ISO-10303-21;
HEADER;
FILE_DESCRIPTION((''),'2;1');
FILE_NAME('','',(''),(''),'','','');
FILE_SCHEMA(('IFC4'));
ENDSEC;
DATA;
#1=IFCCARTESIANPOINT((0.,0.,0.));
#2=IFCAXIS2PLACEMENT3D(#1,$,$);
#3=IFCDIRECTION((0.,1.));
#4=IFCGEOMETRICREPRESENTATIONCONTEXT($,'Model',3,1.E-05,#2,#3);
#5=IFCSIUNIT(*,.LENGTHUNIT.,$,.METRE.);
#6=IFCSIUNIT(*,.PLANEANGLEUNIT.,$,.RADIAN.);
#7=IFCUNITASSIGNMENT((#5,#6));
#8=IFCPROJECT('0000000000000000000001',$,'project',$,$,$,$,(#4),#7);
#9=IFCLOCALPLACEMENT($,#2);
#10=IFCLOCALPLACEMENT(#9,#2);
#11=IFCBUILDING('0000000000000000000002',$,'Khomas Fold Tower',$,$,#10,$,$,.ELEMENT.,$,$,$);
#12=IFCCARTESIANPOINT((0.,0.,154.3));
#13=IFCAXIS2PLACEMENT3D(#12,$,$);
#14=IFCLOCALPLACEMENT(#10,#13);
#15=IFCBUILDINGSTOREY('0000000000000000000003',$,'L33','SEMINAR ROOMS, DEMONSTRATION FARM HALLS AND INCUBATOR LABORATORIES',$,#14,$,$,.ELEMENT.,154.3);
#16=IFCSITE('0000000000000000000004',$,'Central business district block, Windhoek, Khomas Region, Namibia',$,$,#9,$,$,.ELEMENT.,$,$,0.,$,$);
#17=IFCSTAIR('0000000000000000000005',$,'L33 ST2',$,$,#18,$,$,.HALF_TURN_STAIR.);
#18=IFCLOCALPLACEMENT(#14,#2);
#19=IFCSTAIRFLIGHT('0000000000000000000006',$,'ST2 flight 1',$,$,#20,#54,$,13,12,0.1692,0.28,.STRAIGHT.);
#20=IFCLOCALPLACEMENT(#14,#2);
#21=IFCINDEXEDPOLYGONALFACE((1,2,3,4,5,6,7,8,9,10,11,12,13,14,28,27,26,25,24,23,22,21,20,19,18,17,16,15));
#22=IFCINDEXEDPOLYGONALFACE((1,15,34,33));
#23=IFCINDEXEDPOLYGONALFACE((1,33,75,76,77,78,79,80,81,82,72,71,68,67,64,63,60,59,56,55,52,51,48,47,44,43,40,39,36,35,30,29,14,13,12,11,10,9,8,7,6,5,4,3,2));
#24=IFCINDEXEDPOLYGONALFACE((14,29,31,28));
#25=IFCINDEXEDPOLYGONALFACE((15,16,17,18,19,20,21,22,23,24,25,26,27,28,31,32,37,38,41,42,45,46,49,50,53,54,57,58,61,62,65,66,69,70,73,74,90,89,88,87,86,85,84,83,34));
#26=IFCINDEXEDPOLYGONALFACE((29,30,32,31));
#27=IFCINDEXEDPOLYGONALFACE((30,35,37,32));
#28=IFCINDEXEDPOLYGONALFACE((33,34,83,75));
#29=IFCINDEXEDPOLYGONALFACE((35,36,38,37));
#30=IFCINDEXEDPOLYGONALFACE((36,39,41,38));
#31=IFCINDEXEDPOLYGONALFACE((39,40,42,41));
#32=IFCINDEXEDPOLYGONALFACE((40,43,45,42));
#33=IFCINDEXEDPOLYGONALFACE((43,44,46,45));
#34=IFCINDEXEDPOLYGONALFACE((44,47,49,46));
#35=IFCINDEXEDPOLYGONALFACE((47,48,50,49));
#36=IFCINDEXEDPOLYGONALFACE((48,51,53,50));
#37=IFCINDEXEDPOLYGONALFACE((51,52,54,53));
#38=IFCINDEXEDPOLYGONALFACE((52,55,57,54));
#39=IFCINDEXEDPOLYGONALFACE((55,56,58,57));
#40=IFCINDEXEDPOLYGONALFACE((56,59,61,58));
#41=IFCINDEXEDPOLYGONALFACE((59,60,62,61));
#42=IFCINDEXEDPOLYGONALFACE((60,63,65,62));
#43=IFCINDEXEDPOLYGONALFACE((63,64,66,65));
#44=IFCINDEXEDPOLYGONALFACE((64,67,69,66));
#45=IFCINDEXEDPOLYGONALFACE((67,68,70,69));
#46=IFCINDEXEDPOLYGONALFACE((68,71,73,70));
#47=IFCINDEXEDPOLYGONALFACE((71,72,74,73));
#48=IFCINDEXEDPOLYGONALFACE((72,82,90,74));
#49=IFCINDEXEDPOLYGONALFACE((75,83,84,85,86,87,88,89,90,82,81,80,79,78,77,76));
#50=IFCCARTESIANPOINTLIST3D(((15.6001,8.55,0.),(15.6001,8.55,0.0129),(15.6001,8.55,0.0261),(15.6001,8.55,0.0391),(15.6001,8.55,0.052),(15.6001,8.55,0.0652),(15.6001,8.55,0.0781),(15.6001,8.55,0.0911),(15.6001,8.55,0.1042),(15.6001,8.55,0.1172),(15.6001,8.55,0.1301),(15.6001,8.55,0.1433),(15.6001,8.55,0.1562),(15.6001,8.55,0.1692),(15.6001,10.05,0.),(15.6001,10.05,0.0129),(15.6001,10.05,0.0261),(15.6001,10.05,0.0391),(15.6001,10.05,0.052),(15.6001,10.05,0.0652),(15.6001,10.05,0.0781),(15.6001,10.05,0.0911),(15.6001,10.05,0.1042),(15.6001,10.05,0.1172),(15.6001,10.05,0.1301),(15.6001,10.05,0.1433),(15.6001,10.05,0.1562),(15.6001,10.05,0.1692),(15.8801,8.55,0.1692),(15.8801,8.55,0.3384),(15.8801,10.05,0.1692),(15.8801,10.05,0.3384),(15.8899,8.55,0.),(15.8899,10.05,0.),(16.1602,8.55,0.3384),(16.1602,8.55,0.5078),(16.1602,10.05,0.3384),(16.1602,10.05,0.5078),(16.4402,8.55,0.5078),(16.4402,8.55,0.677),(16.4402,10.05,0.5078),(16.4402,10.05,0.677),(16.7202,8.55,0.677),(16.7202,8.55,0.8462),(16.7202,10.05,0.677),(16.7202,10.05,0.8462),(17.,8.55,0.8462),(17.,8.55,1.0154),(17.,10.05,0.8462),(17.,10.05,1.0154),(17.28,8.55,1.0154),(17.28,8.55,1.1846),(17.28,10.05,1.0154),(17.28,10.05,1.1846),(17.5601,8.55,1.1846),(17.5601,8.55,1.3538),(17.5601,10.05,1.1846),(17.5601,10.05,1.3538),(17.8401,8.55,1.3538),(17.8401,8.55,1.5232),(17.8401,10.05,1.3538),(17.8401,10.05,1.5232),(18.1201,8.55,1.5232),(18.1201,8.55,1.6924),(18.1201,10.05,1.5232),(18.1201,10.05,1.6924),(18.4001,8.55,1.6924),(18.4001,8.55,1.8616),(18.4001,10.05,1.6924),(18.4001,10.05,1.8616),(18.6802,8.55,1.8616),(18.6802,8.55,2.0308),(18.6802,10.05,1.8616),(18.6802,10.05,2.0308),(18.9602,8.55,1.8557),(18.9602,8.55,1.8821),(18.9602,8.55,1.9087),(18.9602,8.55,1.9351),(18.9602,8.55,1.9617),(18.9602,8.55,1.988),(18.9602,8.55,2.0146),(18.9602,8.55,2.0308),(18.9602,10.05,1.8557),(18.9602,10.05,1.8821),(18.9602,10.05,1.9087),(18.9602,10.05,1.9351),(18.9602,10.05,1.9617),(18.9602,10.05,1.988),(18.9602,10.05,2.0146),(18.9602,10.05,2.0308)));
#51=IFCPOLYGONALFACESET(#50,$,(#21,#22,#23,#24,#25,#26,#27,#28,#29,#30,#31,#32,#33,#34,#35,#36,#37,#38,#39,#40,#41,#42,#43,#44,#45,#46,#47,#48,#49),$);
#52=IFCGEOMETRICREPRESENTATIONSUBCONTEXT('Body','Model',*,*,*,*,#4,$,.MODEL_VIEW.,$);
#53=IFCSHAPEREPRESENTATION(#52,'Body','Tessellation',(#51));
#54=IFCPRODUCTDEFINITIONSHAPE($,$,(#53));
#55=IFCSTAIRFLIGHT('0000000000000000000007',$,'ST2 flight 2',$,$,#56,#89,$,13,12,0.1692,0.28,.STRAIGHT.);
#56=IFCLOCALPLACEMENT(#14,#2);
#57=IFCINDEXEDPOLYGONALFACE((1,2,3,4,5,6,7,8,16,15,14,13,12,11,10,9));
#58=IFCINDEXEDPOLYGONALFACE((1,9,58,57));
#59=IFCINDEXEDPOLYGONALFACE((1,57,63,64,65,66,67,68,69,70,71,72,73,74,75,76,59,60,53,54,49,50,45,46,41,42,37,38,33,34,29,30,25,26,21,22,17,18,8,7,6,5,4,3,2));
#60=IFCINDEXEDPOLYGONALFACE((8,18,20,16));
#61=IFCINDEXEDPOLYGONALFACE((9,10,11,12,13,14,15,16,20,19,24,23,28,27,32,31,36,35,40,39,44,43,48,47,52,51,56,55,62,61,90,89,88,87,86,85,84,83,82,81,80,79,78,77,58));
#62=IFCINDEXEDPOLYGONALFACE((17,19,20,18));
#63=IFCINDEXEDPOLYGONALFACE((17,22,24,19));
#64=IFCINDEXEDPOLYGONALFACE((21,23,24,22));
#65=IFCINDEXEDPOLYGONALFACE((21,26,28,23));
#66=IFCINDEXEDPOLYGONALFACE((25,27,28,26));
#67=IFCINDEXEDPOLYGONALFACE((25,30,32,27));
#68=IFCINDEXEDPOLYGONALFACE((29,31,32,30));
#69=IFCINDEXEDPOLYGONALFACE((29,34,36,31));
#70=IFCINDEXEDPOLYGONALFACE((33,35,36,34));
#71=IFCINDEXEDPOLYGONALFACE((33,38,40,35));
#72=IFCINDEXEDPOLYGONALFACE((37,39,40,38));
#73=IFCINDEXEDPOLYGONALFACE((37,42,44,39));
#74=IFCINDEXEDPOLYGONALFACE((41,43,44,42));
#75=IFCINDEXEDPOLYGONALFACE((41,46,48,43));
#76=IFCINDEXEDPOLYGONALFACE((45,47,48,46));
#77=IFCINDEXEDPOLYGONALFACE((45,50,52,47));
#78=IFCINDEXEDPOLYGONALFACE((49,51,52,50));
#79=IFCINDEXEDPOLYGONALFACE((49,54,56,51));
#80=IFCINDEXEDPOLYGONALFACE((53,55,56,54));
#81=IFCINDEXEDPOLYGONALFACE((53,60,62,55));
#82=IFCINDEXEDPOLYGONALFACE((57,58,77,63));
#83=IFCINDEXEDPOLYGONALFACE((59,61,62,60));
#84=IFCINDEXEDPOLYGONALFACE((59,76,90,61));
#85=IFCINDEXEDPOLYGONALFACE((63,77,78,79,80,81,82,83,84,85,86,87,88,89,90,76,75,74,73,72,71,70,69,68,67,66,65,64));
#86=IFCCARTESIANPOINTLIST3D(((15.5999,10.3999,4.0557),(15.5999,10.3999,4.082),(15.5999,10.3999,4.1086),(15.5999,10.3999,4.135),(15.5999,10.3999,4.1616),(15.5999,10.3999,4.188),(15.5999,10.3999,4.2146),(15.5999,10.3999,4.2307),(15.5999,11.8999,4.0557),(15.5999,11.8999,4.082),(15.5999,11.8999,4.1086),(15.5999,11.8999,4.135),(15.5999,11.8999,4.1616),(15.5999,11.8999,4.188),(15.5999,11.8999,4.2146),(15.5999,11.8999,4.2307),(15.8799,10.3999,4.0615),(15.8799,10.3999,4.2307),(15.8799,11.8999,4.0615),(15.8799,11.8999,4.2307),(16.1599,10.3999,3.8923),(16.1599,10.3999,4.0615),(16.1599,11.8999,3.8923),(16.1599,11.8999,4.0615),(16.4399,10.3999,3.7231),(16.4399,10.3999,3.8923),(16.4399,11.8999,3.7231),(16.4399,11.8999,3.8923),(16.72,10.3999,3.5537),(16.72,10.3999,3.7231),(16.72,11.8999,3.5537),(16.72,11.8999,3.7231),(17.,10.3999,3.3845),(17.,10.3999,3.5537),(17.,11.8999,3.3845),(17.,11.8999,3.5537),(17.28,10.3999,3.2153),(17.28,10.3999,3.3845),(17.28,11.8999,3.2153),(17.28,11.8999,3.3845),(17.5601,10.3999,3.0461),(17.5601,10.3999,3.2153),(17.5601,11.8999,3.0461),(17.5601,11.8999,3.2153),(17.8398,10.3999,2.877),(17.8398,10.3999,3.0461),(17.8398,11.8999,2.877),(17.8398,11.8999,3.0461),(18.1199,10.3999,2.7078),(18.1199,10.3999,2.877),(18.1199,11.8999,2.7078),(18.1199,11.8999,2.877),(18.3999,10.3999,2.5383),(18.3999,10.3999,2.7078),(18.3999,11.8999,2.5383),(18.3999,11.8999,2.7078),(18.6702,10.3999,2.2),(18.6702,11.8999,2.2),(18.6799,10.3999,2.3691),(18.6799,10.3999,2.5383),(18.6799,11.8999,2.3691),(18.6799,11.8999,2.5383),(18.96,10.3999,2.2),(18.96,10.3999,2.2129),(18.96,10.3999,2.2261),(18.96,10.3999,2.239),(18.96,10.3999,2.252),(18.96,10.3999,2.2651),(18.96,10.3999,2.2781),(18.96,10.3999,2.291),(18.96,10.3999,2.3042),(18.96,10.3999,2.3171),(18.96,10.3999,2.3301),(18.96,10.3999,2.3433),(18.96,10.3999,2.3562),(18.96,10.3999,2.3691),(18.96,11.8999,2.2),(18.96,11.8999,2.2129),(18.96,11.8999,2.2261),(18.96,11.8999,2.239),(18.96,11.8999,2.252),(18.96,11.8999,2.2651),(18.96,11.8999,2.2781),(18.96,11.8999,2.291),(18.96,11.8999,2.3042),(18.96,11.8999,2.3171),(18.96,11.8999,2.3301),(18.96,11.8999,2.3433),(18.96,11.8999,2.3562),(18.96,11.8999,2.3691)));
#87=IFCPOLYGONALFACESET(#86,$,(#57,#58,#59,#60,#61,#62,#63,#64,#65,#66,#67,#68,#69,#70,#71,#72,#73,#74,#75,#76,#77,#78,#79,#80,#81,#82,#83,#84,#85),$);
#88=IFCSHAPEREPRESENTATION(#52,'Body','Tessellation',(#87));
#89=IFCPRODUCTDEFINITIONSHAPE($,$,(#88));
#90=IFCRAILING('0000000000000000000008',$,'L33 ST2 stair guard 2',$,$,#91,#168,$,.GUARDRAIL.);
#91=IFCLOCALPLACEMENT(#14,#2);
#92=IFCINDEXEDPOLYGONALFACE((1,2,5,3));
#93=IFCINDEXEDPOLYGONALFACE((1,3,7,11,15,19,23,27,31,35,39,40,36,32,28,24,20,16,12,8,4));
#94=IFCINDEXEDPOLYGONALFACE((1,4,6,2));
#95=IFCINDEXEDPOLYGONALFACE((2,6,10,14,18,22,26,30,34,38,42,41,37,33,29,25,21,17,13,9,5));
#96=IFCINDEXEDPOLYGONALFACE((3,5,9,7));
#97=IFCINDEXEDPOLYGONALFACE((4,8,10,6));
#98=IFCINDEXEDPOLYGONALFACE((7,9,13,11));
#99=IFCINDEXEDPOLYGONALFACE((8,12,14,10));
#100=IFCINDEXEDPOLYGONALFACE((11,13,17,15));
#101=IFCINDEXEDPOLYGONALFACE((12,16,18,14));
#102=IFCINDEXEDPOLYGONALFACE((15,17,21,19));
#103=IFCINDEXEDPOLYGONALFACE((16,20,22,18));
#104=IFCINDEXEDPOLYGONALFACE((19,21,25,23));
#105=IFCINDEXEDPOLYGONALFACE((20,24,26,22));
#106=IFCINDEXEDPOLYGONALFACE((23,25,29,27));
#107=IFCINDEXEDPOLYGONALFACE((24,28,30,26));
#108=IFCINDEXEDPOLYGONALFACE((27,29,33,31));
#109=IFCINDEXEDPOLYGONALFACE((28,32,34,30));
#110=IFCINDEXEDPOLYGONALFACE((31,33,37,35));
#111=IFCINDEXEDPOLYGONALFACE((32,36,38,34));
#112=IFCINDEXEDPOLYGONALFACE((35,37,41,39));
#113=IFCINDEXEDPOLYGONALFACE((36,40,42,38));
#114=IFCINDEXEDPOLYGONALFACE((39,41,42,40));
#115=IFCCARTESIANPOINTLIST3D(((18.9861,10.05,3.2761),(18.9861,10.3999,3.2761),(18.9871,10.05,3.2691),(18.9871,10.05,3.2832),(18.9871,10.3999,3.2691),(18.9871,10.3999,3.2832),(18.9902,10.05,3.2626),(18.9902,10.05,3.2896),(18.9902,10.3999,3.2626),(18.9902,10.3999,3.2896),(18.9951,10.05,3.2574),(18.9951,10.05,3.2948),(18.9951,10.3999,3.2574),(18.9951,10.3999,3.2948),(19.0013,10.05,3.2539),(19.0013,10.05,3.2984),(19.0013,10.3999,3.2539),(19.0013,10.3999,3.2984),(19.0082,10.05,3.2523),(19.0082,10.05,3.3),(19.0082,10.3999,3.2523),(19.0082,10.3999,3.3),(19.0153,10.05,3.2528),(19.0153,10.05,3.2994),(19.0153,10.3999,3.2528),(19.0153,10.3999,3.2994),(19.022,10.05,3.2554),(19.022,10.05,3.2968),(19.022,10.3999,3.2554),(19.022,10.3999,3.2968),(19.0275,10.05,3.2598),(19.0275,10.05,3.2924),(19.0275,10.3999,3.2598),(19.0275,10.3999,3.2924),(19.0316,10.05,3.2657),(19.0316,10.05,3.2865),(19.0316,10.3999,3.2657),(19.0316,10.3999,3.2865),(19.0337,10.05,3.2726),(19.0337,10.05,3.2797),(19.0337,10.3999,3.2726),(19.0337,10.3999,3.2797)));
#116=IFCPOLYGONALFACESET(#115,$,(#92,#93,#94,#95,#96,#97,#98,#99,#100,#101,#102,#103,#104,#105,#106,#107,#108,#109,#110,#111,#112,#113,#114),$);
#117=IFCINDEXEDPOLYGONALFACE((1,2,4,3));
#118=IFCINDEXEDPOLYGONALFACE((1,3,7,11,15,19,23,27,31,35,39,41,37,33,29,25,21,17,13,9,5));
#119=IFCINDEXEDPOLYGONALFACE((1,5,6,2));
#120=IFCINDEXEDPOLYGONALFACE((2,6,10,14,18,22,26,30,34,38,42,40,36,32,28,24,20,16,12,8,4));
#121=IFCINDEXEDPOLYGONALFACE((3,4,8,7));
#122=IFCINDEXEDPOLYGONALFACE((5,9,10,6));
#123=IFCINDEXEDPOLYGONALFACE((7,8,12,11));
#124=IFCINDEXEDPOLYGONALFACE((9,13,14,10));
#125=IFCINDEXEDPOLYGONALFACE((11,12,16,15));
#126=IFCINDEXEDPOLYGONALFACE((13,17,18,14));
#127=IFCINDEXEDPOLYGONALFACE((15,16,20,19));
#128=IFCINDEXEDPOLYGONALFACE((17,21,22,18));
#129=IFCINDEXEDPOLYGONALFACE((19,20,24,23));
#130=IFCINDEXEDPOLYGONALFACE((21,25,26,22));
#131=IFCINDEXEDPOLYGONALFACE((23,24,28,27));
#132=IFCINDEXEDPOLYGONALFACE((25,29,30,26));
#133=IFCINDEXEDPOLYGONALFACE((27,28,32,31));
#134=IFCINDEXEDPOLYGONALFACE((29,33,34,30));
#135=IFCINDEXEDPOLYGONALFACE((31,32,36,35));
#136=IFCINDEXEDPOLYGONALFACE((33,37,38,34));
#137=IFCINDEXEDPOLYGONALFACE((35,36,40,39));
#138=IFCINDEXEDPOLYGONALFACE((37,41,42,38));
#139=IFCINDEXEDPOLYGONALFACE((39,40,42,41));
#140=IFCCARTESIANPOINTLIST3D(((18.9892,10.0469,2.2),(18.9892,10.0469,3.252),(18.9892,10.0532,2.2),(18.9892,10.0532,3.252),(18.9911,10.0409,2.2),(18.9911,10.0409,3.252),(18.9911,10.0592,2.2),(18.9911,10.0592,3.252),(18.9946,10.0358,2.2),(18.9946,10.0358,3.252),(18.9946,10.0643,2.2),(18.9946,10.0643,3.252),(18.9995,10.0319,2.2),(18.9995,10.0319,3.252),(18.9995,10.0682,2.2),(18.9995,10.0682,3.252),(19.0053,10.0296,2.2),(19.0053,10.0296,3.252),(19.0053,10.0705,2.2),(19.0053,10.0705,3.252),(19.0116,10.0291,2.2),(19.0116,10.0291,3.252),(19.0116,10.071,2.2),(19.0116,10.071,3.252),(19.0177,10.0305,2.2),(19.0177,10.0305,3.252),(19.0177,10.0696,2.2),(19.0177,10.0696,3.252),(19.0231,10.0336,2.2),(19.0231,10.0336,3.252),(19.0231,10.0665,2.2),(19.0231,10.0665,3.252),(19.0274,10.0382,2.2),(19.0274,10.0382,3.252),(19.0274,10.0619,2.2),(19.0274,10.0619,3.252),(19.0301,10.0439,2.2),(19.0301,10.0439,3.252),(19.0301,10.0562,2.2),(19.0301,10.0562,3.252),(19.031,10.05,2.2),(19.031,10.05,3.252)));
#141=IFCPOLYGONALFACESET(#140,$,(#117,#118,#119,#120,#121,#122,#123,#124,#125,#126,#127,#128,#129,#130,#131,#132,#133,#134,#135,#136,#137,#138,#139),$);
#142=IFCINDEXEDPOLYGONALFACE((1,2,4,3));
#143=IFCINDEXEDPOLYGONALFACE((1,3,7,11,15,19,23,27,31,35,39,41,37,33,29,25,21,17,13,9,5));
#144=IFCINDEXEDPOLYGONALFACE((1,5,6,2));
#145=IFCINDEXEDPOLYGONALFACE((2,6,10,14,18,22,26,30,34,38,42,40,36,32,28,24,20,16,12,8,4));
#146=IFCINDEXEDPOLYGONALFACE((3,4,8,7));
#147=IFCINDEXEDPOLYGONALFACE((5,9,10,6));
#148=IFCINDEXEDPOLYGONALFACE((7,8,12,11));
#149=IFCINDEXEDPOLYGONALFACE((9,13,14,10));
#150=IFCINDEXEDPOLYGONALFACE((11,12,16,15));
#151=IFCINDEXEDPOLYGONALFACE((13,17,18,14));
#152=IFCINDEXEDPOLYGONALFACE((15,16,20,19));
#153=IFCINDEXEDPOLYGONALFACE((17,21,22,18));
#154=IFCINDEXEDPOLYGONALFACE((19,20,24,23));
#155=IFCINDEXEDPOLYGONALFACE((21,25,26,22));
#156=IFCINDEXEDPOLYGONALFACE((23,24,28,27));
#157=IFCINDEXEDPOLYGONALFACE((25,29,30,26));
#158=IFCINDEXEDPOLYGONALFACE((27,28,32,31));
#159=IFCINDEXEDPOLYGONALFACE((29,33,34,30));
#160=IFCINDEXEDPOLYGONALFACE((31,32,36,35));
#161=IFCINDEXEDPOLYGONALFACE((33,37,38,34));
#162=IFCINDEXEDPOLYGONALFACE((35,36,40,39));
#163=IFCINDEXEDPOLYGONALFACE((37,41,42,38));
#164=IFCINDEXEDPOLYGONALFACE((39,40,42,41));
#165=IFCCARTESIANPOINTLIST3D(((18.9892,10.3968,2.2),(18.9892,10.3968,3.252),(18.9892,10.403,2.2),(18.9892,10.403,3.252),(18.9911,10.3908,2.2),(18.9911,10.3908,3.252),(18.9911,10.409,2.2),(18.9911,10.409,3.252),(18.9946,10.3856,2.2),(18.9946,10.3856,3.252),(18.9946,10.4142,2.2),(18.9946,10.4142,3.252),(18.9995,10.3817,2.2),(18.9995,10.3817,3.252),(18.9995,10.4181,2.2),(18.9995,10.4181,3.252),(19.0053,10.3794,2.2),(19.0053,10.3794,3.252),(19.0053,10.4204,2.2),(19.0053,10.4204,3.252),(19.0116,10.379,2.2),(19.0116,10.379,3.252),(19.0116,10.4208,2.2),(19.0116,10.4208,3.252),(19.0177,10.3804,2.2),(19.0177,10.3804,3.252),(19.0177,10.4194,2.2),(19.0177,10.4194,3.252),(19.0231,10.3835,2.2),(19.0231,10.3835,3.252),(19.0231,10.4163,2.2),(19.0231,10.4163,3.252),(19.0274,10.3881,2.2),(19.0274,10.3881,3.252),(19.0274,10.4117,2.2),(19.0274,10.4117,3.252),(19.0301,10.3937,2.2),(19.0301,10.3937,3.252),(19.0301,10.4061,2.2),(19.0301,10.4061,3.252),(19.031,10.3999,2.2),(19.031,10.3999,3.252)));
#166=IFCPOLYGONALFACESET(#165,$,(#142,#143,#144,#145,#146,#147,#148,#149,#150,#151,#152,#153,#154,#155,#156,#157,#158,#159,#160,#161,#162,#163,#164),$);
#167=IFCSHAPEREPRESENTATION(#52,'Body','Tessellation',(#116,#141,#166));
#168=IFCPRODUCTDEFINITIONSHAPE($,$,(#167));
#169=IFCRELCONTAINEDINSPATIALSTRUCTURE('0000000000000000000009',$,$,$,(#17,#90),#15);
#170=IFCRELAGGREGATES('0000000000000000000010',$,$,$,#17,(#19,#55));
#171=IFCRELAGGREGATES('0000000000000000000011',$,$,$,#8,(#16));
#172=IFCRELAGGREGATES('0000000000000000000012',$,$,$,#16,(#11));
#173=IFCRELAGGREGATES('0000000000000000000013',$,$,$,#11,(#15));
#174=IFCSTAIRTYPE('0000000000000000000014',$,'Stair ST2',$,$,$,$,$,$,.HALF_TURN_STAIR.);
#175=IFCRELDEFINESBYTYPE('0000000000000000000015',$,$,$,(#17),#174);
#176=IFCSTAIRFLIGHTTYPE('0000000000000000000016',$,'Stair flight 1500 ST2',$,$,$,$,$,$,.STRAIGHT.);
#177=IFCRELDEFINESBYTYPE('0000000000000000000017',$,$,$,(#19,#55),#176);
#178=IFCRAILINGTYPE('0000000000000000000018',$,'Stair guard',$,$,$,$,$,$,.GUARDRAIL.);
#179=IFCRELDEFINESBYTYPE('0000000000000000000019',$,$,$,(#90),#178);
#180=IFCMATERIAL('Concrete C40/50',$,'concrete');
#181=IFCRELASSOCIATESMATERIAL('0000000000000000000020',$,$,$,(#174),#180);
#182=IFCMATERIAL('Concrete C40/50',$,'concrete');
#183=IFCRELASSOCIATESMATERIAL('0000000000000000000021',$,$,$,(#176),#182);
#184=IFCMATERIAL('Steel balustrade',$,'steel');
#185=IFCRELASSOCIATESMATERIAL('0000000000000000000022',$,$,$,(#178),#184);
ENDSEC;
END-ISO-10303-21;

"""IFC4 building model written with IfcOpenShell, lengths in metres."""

from ifc_helpers import new_model, si_unit, direction, frame, origin, origin_2d, place, context, subcontext, project, spatial, polyline, circle, outline, extrude, source, transform, mapped, material, type_object, element, aggregate, save


model = new_model("IFC4")

# Units and contexts
model_context = context("Model", 3, precision=1e-05, world=origin(), true_north=direction((0.0, 1.0)))
body_context = subcontext(model_context, "Body", "Model", "MODEL_VIEW")
ifc_project = project(units=[si_unit("LENGTHUNIT", "METRE"), si_unit("PLANEANGLEUNIT", "RADIAN")], contexts=[model_context])

# Site, building, storey
site_placement = place(None, origin())
site = spatial("IfcSite", under=ifc_project, at=site_placement, Name="Central business district block, Windhoek, Khomas Region, Namibia", CompositionType="ELEMENT", RefElevation=0.0)
building_placement = place(site_placement, origin())
building = spatial("IfcBuilding", under=site, at=building_placement, Name="Khomas Fold Tower", CompositionType="ELEMENT")
storey_placement = place(building_placement, frame((0.0, 0.0, 154.3)))
storey = spatial("IfcBuildingStorey", under=building, at=storey_placement, Name="L33", Description="SEMINAR ROOMS, DEMONSTRATION FARM HALLS AND INCUBATOR LABORATORIES", CompositionType="ELEMENT", Elevation=154.3)

# Stair, stair flights
ifc_material_1 = material(Name="Concrete C40/50", Category="concrete")
stair_type = type_object("IfcStairType", Name="Stair ST2", PredefinedType="HALF_TURN_STAIR", material=ifc_material_1)
stair_placement = place(storey_placement, origin())
stair = element("IfcStair", 1, at=stair_placement, inside=storey, type_object=stair_type, Name="L33 ST2", PredefinedType="HALF_TURN_STAIR")
ifc_material_2 = material(Name="Concrete C40/50", Category="concrete")
stair_flight_type = type_object("IfcStairFlightType", Name="Stair flight 1500 ST2", PredefinedType="STRAIGHT", material=ifc_material_2)
shared_shape_1 = source(origin(), body_context, "Body", "SweptSolid", [
    extrude(outline(polyline([(0.0, 0.0), (0.0, 0.0129), (0.0, 0.0261), (0.0, 0.0391), (0.0, 0.052), (0.0, 0.0652), (0.0, 0.0781), (0.0, 0.0911), (0.0, 0.1042), (0.0, 0.1172), (0.0, 0.1301), (0.0, 0.1433), (0.0, 0.1562), (0.0, 0.1692), (0.28, 0.1692), (0.28, 0.3384), (0.5601, 0.3384), (0.5601, 0.5078), (0.8401, 0.5078), (0.8401, 0.677), (1.1201, 0.677), (1.1201, 0.8462), (1.3999, 0.8462), (1.3999, 1.0154), (1.6799, 1.0154), (1.6799, 1.1846), (1.96, 1.1846), (1.96, 1.3538), (2.24, 1.3538), (2.24, 1.5232), (2.52, 1.5232), (2.52, 1.6924), (2.8, 1.6924), (2.8, 1.8616), (3.0801, 1.8616), (3.0801, 2.0308), (3.3601, 2.0308), (3.3601, 2.2), (3.3601, 2.1736), (3.3601, 2.147), (3.3601, 2.1206), (3.3601, 2.094), (3.3601, 2.0676), (3.3601, 2.041), (3.3601, 2.0146), (3.3601, 1.988), (3.3601, 1.9617), (3.3601, 1.9351), (3.3601, 1.9087), (3.3601, 1.8821), (3.3601, 1.8557), (0.2898, 0.0), (0.0, 0.0)])), frame((0.0, 0.75, 0.0), z_axis=(0.0, -1.0, 0.0), x_axis=(1.0, 0.0, 0.0)), (0.0, 0.0, 1.0), 1.5),
])
stair_flight_1_placement = place(storey_placement, frame((15.6001, 9.3, 0.0), z_axis=(0.0, 0.0, 1.0), x_axis=(1.0, 0.0, 0.0)))
stair_flight_1 = element("IfcStairFlight", 2, at=stair_flight_1_placement, type_object=stair_flight_type, Name="ST2 flight 1", NumberOfRisers=13, NumberOfTreads=12, PredefinedType="STRAIGHT", RiserHeight=0.1692, TreadLength=0.28, context=body_context, shape_type="MappedRepresentation", body=[
    mapped(shared_shape_1, transform((0.0, 0.0, 0.0))),
])
stair_flight_2_placement = place(storey_placement, frame((18.96, 11.1499, 2.2), z_axis=(0.0, 0.0, 1.0), x_axis=(-1.0, 0.0, 0.0)))
stair_flight_2 = element("IfcStairFlight", 3, at=stair_flight_2_placement, type_object=stair_flight_type, Name="ST2 flight 2", NumberOfRisers=13, NumberOfTreads=12, PredefinedType="STRAIGHT", RiserHeight=0.1692, TreadLength=0.28, context=body_context, shape_type="MappedRepresentation", body=[
    mapped(shared_shape_1, transform((0.0, 0.0, 0.0))),
])
aggregate(stair, [stair_flight_1, stair_flight_2])

# Railing
ifc_material_3 = material(Name="Steel balustrade", Category="steel")
railing_type_1 = type_object("IfcRailingType", Name="Stair guard", PredefinedType="GUARDRAIL", material=ifc_material_3)
shared_shape_2 = source(origin(), body_context, "Body", "SweptSolid", [
    extrude(circle(Radius=0.0239, at=origin_2d()), frame((0.0, 0.0, 1.0762), z_axis=(0.0, 1.0, 0.0), x_axis=(-1.0, 0.0, 0.0)), (0.0, 0.0, 1.0), 0.3499),
    extrude(circle(Radius=0.021, at=origin_2d()), origin(), (0.0, 0.0, 1.0), 1.052),
    extrude(circle(Radius=0.021, at=origin_2d()), frame((0.0, 0.3499, 0.0)), (0.0, 0.0, 1.0), 1.052),
])
for number, where, name in (
    (4, (19.01, 10.05, 2.2), "L33 ST2 stair guard 2"),
):
    element("IfcRailing", number, at=place(storey_placement, frame(where)), inside=storey, type_object=railing_type_1, Name=name, PredefinedType="GUARDRAIL", context=body_context, shape_type="MappedRepresentation", body=[
        mapped(shared_shape_2, transform((0.0, 0.0, 0.0))),
    ])

save(model, "model.ifc")
